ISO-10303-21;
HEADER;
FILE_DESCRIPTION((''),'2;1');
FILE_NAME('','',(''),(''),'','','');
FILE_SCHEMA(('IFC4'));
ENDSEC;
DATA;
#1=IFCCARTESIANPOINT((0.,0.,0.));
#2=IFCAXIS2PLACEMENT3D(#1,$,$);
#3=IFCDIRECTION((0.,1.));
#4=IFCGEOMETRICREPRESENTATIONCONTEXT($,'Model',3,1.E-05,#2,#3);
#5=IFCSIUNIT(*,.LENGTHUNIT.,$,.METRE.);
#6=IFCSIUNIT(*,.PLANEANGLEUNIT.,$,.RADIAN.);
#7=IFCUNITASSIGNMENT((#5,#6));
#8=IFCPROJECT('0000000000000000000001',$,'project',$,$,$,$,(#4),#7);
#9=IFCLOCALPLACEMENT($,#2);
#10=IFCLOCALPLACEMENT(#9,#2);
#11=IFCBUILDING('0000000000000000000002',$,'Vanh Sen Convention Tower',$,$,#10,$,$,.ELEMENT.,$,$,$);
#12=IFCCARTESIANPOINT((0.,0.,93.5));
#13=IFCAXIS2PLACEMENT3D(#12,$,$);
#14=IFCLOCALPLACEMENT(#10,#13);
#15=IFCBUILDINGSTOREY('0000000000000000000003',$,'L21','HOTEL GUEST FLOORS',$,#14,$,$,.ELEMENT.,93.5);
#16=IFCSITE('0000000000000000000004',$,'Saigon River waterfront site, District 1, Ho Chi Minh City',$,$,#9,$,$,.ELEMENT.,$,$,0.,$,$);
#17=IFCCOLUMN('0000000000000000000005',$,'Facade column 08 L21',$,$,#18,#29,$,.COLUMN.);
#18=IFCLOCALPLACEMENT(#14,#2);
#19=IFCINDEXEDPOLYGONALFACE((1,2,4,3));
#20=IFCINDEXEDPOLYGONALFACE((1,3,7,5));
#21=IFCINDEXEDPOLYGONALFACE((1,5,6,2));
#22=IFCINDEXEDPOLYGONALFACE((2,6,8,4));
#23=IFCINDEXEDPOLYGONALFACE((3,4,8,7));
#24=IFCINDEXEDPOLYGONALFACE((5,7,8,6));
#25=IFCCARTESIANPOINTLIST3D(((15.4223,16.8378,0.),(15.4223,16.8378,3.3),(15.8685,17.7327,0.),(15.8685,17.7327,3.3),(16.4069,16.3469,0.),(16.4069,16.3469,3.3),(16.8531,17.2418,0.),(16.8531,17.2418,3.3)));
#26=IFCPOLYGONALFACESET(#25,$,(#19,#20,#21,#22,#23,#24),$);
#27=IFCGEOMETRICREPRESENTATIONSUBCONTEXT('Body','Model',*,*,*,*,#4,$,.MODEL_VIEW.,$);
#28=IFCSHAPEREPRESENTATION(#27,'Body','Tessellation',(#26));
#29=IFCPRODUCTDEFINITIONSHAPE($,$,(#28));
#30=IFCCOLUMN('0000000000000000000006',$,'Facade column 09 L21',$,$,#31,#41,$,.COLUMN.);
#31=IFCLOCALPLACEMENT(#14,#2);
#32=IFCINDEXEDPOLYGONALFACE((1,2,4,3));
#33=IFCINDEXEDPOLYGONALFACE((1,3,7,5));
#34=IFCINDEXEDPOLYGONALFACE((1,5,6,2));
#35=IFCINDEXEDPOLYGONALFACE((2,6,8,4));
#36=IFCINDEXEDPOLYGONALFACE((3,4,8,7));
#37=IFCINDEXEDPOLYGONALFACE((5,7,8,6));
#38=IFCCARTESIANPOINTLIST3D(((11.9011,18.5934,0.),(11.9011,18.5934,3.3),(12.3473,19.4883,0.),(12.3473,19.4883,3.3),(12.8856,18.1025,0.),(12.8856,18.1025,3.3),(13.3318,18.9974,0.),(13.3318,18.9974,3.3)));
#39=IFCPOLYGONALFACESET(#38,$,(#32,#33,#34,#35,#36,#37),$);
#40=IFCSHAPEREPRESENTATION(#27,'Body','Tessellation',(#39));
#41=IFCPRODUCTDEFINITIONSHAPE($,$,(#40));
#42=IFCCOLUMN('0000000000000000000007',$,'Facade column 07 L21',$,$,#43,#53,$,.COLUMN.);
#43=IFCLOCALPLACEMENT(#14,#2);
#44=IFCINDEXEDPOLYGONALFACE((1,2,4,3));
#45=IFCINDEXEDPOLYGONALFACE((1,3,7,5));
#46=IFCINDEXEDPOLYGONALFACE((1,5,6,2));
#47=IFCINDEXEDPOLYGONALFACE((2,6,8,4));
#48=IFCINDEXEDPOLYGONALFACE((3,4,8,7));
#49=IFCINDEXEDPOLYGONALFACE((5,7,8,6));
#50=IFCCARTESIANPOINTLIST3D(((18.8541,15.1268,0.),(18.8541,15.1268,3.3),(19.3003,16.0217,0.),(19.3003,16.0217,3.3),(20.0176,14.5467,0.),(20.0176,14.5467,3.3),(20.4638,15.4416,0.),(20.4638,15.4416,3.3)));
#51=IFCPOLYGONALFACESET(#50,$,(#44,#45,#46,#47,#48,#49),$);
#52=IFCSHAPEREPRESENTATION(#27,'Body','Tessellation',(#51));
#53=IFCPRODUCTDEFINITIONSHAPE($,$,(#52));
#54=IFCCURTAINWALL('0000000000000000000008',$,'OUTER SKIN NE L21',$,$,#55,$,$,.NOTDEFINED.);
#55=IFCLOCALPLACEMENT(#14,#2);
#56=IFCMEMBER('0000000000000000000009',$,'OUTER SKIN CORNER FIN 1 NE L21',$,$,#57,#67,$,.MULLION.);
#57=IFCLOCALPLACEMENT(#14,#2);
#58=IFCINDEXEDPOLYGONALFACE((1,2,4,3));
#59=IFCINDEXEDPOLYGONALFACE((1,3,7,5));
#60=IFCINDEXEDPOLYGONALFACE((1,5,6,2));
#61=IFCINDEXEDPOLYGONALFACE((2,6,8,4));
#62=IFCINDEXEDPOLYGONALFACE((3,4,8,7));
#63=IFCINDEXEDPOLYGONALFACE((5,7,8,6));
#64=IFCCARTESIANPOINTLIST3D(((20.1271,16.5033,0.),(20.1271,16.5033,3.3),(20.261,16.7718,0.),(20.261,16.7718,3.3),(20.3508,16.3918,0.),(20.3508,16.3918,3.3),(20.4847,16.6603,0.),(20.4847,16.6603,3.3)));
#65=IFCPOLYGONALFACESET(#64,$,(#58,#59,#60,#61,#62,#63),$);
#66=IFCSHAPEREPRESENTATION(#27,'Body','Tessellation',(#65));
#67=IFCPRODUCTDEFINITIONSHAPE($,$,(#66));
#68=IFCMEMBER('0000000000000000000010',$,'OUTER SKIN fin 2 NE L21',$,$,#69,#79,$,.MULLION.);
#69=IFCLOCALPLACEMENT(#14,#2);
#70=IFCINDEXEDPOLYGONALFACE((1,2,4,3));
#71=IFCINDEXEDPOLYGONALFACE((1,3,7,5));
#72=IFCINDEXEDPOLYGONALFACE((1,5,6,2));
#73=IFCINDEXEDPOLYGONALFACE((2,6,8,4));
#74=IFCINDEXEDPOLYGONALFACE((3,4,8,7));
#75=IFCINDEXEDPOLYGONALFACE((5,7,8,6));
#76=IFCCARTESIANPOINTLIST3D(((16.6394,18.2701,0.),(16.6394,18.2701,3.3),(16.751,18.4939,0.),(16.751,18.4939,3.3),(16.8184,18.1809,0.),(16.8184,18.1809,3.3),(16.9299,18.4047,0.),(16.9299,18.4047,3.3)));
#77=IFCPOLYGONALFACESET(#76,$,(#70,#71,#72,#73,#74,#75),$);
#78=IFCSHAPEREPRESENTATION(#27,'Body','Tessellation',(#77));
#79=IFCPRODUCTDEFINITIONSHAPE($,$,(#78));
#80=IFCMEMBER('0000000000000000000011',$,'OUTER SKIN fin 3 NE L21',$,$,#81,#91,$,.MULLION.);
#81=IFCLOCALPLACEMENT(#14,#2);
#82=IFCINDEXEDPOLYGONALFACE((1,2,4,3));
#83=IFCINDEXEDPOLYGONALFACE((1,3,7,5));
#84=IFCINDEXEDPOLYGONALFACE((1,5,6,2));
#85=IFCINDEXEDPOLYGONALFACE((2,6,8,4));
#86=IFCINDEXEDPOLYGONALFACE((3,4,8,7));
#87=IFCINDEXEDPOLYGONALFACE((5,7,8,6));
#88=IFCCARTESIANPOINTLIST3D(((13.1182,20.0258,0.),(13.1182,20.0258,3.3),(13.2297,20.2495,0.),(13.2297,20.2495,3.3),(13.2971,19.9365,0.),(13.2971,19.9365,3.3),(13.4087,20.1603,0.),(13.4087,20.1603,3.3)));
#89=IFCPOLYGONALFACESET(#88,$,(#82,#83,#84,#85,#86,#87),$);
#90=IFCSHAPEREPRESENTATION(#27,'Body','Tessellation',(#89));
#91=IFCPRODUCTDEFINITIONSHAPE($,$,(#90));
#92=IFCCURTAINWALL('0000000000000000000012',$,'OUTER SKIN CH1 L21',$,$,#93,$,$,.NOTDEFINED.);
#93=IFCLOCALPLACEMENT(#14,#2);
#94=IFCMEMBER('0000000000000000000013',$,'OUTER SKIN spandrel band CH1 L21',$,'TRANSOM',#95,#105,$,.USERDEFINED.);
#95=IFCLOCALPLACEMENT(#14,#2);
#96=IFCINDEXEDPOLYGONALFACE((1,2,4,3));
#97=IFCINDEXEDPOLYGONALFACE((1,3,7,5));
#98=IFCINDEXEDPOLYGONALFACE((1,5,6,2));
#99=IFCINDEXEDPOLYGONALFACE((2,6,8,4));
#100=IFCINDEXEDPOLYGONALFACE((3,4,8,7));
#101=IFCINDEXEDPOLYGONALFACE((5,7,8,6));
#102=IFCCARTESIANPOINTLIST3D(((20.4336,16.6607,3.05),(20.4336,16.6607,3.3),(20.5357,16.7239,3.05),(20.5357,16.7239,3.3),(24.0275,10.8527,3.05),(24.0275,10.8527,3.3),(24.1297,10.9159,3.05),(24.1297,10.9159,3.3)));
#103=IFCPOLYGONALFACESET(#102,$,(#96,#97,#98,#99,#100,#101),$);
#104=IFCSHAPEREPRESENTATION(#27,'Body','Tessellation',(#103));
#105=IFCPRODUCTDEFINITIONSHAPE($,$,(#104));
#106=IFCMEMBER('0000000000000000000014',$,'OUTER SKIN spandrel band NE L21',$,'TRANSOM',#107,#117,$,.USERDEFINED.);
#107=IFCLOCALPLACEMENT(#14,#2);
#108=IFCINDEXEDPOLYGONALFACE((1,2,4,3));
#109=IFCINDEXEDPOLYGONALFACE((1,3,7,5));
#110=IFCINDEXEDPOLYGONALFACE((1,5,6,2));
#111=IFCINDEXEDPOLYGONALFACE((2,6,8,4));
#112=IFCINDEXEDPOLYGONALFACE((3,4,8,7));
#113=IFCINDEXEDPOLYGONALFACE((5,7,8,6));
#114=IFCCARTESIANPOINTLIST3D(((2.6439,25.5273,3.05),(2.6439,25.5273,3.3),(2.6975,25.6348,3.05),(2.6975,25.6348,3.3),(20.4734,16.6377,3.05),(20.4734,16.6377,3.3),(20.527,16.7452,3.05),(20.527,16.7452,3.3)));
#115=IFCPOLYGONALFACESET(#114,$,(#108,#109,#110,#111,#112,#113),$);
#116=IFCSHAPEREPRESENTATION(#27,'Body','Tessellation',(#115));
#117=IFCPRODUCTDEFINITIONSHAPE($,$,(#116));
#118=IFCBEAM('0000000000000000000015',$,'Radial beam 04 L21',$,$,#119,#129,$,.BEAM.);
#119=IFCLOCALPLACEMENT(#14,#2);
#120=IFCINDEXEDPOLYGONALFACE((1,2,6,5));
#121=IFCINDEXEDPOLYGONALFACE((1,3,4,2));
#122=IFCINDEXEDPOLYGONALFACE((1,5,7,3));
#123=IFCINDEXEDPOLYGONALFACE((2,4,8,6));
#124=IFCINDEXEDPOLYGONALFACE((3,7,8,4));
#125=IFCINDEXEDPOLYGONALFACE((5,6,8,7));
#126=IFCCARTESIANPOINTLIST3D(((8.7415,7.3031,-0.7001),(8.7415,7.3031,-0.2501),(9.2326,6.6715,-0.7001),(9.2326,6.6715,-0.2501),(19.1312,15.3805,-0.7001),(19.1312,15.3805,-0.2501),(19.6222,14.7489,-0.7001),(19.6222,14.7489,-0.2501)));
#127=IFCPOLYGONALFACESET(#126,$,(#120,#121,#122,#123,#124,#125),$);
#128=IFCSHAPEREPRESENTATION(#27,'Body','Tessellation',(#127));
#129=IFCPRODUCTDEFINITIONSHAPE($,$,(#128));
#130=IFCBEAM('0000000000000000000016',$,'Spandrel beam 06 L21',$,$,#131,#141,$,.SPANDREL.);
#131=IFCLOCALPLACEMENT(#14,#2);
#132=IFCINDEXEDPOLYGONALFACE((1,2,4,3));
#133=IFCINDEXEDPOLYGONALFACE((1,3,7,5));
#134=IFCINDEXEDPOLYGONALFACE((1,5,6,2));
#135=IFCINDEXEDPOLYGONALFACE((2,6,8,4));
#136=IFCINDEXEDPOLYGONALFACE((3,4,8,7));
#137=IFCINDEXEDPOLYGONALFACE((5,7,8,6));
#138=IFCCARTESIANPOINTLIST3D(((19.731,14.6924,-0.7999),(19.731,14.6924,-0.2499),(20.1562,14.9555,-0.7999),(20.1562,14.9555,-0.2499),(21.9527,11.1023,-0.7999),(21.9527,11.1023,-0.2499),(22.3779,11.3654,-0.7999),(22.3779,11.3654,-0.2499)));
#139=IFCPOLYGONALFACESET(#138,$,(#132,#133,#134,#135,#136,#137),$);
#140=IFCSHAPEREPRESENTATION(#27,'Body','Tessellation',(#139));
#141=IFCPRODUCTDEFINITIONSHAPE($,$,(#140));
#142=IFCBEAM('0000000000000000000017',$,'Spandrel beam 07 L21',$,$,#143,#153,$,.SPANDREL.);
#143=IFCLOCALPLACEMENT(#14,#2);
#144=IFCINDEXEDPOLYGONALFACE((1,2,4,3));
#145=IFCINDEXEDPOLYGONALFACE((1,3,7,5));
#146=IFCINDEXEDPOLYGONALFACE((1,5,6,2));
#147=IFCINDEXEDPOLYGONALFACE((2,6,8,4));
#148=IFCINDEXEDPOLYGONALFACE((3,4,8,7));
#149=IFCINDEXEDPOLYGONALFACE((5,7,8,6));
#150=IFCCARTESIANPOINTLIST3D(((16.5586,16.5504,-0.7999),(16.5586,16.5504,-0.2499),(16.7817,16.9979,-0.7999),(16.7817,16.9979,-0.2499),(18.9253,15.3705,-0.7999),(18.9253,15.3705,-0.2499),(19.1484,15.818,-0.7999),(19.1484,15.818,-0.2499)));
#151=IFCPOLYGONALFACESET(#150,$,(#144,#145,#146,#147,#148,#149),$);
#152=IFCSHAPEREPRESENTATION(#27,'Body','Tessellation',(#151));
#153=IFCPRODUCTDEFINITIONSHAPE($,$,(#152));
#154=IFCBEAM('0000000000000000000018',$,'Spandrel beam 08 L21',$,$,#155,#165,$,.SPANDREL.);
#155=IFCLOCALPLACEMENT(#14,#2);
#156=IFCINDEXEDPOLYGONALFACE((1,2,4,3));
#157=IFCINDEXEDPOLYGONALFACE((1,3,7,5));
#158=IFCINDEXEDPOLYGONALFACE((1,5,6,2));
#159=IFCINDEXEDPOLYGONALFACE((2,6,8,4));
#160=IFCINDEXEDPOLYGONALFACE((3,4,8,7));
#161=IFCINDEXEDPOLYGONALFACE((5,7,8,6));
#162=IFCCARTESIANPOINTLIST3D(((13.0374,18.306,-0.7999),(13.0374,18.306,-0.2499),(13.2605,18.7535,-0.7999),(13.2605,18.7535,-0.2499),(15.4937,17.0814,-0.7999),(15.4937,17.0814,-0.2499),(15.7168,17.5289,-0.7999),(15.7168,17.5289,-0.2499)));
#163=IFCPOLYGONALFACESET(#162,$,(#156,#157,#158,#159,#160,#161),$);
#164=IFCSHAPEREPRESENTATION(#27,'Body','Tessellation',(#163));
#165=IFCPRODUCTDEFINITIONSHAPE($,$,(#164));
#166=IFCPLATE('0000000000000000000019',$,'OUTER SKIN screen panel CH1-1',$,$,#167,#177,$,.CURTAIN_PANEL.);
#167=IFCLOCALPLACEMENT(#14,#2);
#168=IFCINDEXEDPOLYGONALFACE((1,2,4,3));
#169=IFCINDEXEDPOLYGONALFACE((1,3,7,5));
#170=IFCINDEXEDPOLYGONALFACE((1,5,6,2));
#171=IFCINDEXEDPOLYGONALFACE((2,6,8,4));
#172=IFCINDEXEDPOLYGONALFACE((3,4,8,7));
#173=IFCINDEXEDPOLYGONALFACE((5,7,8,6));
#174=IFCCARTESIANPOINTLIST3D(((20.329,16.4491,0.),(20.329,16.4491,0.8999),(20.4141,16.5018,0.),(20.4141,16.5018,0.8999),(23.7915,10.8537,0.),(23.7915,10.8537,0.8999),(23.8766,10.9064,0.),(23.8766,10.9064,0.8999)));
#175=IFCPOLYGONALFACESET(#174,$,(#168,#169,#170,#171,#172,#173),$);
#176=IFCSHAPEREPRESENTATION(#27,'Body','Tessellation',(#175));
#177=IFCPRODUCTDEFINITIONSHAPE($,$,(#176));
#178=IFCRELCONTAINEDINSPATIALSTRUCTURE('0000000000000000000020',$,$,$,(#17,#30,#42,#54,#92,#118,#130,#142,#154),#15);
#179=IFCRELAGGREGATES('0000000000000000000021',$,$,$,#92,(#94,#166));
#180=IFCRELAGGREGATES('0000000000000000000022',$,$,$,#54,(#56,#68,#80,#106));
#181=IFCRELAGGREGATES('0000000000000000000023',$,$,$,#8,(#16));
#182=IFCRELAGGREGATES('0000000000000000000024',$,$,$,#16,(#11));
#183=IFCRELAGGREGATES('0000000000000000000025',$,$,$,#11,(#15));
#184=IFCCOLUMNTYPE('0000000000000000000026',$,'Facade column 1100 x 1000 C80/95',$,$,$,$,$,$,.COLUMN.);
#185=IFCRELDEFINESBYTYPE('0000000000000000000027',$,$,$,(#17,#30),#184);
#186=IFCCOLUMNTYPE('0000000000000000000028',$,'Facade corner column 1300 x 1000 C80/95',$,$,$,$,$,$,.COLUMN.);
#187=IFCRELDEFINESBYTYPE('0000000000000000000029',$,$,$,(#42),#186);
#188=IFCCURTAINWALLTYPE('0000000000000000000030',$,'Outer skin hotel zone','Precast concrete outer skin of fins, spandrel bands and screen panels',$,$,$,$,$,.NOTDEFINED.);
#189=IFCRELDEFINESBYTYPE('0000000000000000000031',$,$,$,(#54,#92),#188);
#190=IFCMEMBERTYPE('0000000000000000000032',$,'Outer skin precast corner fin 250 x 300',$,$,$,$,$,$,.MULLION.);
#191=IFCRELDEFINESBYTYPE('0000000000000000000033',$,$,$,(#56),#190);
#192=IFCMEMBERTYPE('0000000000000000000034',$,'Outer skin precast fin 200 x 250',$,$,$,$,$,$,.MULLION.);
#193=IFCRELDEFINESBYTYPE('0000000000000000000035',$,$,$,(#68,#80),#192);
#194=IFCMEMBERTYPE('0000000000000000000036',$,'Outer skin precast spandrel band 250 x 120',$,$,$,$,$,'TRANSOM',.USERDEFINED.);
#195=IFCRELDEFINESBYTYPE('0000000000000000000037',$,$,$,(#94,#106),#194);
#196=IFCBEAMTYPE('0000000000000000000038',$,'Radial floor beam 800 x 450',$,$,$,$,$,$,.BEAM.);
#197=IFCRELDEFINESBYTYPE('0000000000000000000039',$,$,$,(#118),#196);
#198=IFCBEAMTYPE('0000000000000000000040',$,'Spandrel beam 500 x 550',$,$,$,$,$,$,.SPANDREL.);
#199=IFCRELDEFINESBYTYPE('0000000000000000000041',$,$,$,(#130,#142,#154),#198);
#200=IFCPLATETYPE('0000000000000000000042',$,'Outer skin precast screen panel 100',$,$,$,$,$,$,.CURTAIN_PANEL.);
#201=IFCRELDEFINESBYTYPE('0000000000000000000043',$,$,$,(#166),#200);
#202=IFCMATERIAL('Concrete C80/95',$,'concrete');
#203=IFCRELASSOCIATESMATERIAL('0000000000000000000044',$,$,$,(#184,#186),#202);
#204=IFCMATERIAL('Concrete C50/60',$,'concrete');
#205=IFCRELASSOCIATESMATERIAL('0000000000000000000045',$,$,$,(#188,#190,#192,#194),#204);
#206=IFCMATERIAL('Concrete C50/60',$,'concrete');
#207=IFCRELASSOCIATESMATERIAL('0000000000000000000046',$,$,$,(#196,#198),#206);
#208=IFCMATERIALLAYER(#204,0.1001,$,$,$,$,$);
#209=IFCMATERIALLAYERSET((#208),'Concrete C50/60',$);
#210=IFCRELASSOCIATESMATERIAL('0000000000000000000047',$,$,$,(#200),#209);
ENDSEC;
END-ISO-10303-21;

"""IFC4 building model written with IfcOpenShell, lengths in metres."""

from ifc_helpers import new_model, si_unit, direction, frame, origin, origin_2d, place, context, subcontext, project, spatial, rectangle, extrude, material, layer, layer_set, material_profile, profile_set, type_object, element, aggregate, save


model = new_model("IFC4")

# Units and contexts
model_context = context("Model", 3, precision=1e-05, world=origin(), true_north=direction((0.0, 1.0)))
body_context = subcontext(model_context, "Body", "Model", "MODEL_VIEW")
ifc_project = project(units=[si_unit("LENGTHUNIT", "METRE"), si_unit("PLANEANGLEUNIT", "RADIAN")], contexts=[model_context])

# Site, building, storey
site_placement = place(None, origin())
site = spatial("IfcSite", under=ifc_project, at=site_placement, Name="Saigon River waterfront site, District 1, Ho Chi Minh City", CompositionType="ELEMENT", RefElevation=0.0)
building_placement = place(site_placement, origin())
building = spatial("IfcBuilding", under=site, at=building_placement, Name="Vanh Sen Convention Tower", CompositionType="ELEMENT")
storey_placement = place(building_placement, frame((0.0, 0.0, 93.5)))
storey = spatial("IfcBuildingStorey", under=building, at=storey_placement, Name="L21", Description="HOTEL GUEST FLOORS", CompositionType="ELEMENT", Elevation=93.5)

# Columns
ifc_material_1 = material(Name="Concrete C80/95", Category="concrete")
ifc_material_profile_1 = material_profile(ifc_material_1, rectangle(XDim=1.1001, YDim=1.0, at=origin_2d()), Name="RC 1100X1000")
ifc_profile_set_1 = profile_set([ifc_material_profile_1], Name="Concrete C80/95")
column_type_1 = type_object("IfcColumnType", Name="Facade column 1100 x 1000 C80/95", PredefinedType="COLUMN", material=ifc_profile_set_1)
for number, where, z_axis, x_axis, name in (
    (1, (16.1377, 17.0398, 0.0), (0.0, 0.0, 1.0), (-0.894934, 0.446198, 0.0), "Facade column 08 L21"),
    (2, (12.6165, 18.7954, 0.0), (0.0, 0.0, 1.0), (-0.894934, 0.446198, 0.0), "Facade column 09 L21"),
):
    element("IfcColumn", number, at=place(storey_placement, frame(where, z_axis=z_axis, x_axis=x_axis)), inside=storey, type_object=column_type_1, Name=name, PredefinedType="COLUMN", context=body_context, shape_type="SweptSolid", body=[
        extrude(rectangle(XDim=1.1001, YDim=1.0, at=origin_2d()), origin(), (0.0, 0.0, 1.0), 3.3),
    ])
ifc_material_profile_2 = material_profile(ifc_material_1, rectangle(XDim=1.3, YDim=1.0, at=origin_2d()), Name="RC 1300X1000")
ifc_profile_set_2 = profile_set([ifc_material_profile_2], Name="Concrete C80/95")
column_type_2 = type_object("IfcColumnType", Name="Facade corner column 1300 x 1000 C80/95", PredefinedType="COLUMN", material=ifc_profile_set_2)
column_placement = place(storey_placement, frame((19.6589, 15.2842, 0.0), z_axis=(0.0, 0.0, 1.0), x_axis=(-0.894934, 0.446198, 0.0)))
element("IfcColumn", 3, at=column_placement, inside=storey, type_object=column_type_2, Name="Facade column 07 L21", PredefinedType="COLUMN", context=body_context, shape_type="SweptSolid", body=[
    extrude(rectangle(XDim=1.3, YDim=1.0, at=origin_2d()), origin(), (0.0, 0.0, 1.0), 3.3),
])

# Curtain wall, members
ifc_material_2 = material(Name="Concrete C50/60", Category="concrete")
curtain_wall_type = type_object("IfcCurtainWallType", Name="Outer skin hotel zone", Description="Precast concrete outer skin of fins, spandrel bands and screen panels", PredefinedType="NOTDEFINED", material=ifc_material_2)
curtain_wall_1_placement = place(storey_placement, origin())
curtain_wall_1 = element("IfcCurtainWall", 4, at=curtain_wall_1_placement, inside=storey, type_object=curtain_wall_type, Name="OUTER SKIN NE L21", PredefinedType="NOTDEFINED")
ifc_material_profile_3 = material_profile(ifc_material_2, rectangle(XDim=0.25, YDim=0.3, at=origin_2d()), Name="Outer skin precast corner fin 250 x 300")
ifc_profile_set_3 = profile_set([ifc_material_profile_3], Name="Concrete C50/60")
member_type_1 = type_object("IfcMemberType", Name="Outer skin precast corner fin 250 x 300", PredefinedType="MULLION", material=ifc_profile_set_3)
member_1_placement = place(storey_placement, frame((20.3059, 16.5818, 0.0), z_axis=(0.0, 0.0, 1.0), x_axis=(-0.894934, 0.446198, 0.0)))
member_1 = element("IfcMember", 5, at=member_1_placement, type_object=member_type_1, Name="OUTER SKIN CORNER FIN 1 NE L21", PredefinedType="MULLION", context=body_context, shape_type="SweptSolid", body=[
    extrude(rectangle(XDim=0.25, YDim=0.3, at=origin_2d()), origin(), (0.0, 0.0, 1.0), 3.3),
])
ifc_material_profile_4 = material_profile(ifc_material_2, rectangle(XDim=0.2, YDim=0.25, at=origin_2d()), Name="Outer skin precast fin 200 x 250")
ifc_profile_set_4 = profile_set([ifc_material_profile_4], Name="Concrete C50/60")
member_type_2 = type_object("IfcMemberType", Name="Outer skin precast fin 200 x 250", PredefinedType="MULLION", material=ifc_profile_set_4)
member_2_placement = place(storey_placement, frame((16.7847, 18.3374, 0.0), z_axis=(0.0, 0.0, 1.0), x_axis=(-0.894934, 0.446198, 0.0)))
member_2 = element("IfcMember", 6, at=member_2_placement, type_object=member_type_2, Name="OUTER SKIN fin 2 NE L21", PredefinedType="MULLION", context=body_context, shape_type="SweptSolid", body=[
    extrude(rectangle(XDim=0.2, YDim=0.25, at=origin_2d()), origin(), (0.0, 0.0, 1.0), 3.3),
])
member_3_placement = place(storey_placement, frame((13.2634, 20.093, 0.0), z_axis=(0.0, 0.0, 1.0), x_axis=(-0.894934, 0.446198, 0.0)))
member_3 = element("IfcMember", 7, at=member_3_placement, type_object=member_type_2, Name="OUTER SKIN fin 3 NE L21", PredefinedType="MULLION", context=body_context, shape_type="SweptSolid", body=[
    extrude(rectangle(XDim=0.2, YDim=0.25, at=origin_2d()), origin(), (0.0, 0.0, 1.0), 3.3),
])

# Curtain wall, member
curtain_wall_2_placement = place(storey_placement, origin())
curtain_wall_2 = element("IfcCurtainWall", 8, at=curtain_wall_2_placement, inside=storey, type_object=curtain_wall_type, Name="OUTER SKIN CH1 L21", PredefinedType="NOTDEFINED")
ifc_material_profile_5 = material_profile(ifc_material_2, rectangle(XDim=0.1201, YDim=0.25, at=origin_2d()), Name="Outer skin precast spandrel band 250 x 120")
ifc_profile_set_5 = profile_set([ifc_material_profile_5], Name="Concrete C50/60")
member_type_3 = type_object("IfcMemberType", Name="Outer skin precast spandrel band 250 x 120", ElementType="TRANSOM", PredefinedType="USERDEFINED", material=ifc_profile_set_5)
member_4_placement = place(storey_placement, frame((24.0786, 10.8843, 3.175), z_axis=(-0.526196, 0.850363, 0.0), x_axis=(-0.850363, -0.526196, 0.0)))
member_4 = element("IfcMember", 9, at=member_4_placement, type_object=member_type_3, Name="OUTER SKIN spandrel band CH1 L21", ObjectType="TRANSOM", PredefinedType="USERDEFINED", context=body_context, shape_type="SweptSolid", body=[
    extrude(rectangle(XDim=0.1201, YDim=0.25, at=origin_2d()), origin(), (0.0, 0.0, 1.0), 6.8301),
])

# Member
member_5_placement = place(storey_placement, frame((20.5002, 16.6914, 3.175), z_axis=(-0.894931, 0.446204, 0.0), x_axis=(-0.446204, -0.894931, 0.0)))
member_5 = element("IfcMember", 10, at=member_5_placement, type_object=member_type_3, Name="OUTER SKIN spandrel band NE L21", ObjectType="TRANSOM", PredefinedType="USERDEFINED", context=body_context, shape_type="SweptSolid", body=[
    extrude(rectangle(XDim=0.1201, YDim=0.25, at=origin_2d()), origin(), (0.0, 0.0, 1.0), 19.9229),
])

# Beams
ifc_material_3 = material(Name="Concrete C50/60", Category="concrete")
ifc_material_profile_6 = material_profile(ifc_material_3, rectangle(XDim=0.8, YDim=0.45, at=origin_2d()), Name="RC 800X450")
ifc_profile_set_6 = profile_set([ifc_material_profile_6], Name="Concrete C50/60")
beam_type_1 = type_object("IfcBeamType", Name="Radial floor beam 800 x 450", PredefinedType="BEAM", material=ifc_profile_set_6)
beam_1_placement = place(storey_placement, frame((19.3767, 15.0647, -0.4751), z_axis=(-0.789479, -0.613777, 0.0), x_axis=(0.613777, -0.789479, 0.0)))
element("IfcBeam", 11, at=beam_1_placement, inside=storey, type_object=beam_type_1, Name="Radial beam 04 L21", PredefinedType="BEAM", context=body_context, shape_type="SweptSolid", body=[
    extrude(rectangle(XDim=0.8, YDim=0.45, at=origin_2d()), origin(), (0.0, 0.0, 1.0), 13.1602),
])
ifc_material_profile_7 = material_profile(ifc_material_3, rectangle(XDim=0.5, YDim=0.55, at=origin_2d()), Name="RC 500X550")
ifc_profile_set_7 = profile_set([ifc_material_profile_7], Name="Concrete C50/60")
beam_type_2 = type_object("IfcBeamType", Name="Spandrel beam 500 x 550", PredefinedType="SPANDREL", material=ifc_profile_set_7)
beam_2_placement = place(storey_placement, frame((22.1653, 11.2339, -0.5249), z_axis=(-0.526225, 0.850345, 0.0), x_axis=(-0.850345, -0.526225, 0.0)))
element("IfcBeam", 12, at=beam_2_placement, inside=storey, type_object=beam_type_2, Name="Spandrel beam 06 L21", PredefinedType="SPANDREL", context=body_context, shape_type="SweptSolid", body=[
    extrude(rectangle(XDim=0.5, YDim=0.55, at=origin_2d()), origin(), (0.0, 0.0, 1.0), 4.2219),
])
beam_3_placement = place(storey_placement, frame((19.0369, 15.5942, -0.5249), z_axis=(-0.894944, 0.446179, 0.0), x_axis=(-0.446179, -0.894944, 0.0)))
element("IfcBeam", 13, at=beam_3_placement, inside=storey, type_object=beam_type_2, Name="Spandrel beam 07 L21", PredefinedType="SPANDREL", context=body_context, shape_type="SweptSolid", body=[
    extrude(rectangle(XDim=0.5, YDim=0.55, at=origin_2d()), origin(), (0.0, 0.0, 1.0), 2.6445),
])
beam_4_placement = place(storey_placement, frame((15.6052, 17.3052, -0.5249), z_axis=(-0.894943, 0.446181, 0.0), x_axis=(-0.446181, -0.894943, 0.0)))
element("IfcBeam", 14, at=beam_4_placement, inside=storey, type_object=beam_type_2, Name="Spandrel beam 08 L21", PredefinedType="SPANDREL", context=body_context, shape_type="SweptSolid", body=[
    extrude(rectangle(XDim=0.5, YDim=0.55, at=origin_2d()), origin(), (0.0, 0.0, 1.0), 2.7446),
])

# Plate
ifc_layer_1 = layer(ifc_material_2, 0.1001)
ifc_layer_set_1 = layer_set([ifc_layer_1], Name="Concrete C50/60")
plate_type = type_object("IfcPlateType", Name="Outer skin precast screen panel 100", PredefinedType="CURTAIN_PANEL", material=ifc_layer_set_1)
plate_1_placement = place(storey_placement, frame((22.1028, 13.6777, 0.0), z_axis=(0.0, 0.0, 1.0), x_axis=(-0.526212, 0.850353, 0.0)))
plate_1 = element("IfcPlate", 15, at=plate_1_placement, type_object=plate_type, Name="OUTER SKIN screen panel CH1-1", PredefinedType="CURTAIN_PANEL", context=body_context, shape_type="SweptSolid", body=[
    extrude(rectangle(XDim=6.5801, YDim=0.1001, at=origin_2d()), origin(), (0.0, 0.0, 1.0), 0.8999),
])
aggregate(curtain_wall_2, [member_4, plate_1])
aggregate(curtain_wall_1, [member_1, member_2, member_3, member_5])

save(model, "model.ifc")
